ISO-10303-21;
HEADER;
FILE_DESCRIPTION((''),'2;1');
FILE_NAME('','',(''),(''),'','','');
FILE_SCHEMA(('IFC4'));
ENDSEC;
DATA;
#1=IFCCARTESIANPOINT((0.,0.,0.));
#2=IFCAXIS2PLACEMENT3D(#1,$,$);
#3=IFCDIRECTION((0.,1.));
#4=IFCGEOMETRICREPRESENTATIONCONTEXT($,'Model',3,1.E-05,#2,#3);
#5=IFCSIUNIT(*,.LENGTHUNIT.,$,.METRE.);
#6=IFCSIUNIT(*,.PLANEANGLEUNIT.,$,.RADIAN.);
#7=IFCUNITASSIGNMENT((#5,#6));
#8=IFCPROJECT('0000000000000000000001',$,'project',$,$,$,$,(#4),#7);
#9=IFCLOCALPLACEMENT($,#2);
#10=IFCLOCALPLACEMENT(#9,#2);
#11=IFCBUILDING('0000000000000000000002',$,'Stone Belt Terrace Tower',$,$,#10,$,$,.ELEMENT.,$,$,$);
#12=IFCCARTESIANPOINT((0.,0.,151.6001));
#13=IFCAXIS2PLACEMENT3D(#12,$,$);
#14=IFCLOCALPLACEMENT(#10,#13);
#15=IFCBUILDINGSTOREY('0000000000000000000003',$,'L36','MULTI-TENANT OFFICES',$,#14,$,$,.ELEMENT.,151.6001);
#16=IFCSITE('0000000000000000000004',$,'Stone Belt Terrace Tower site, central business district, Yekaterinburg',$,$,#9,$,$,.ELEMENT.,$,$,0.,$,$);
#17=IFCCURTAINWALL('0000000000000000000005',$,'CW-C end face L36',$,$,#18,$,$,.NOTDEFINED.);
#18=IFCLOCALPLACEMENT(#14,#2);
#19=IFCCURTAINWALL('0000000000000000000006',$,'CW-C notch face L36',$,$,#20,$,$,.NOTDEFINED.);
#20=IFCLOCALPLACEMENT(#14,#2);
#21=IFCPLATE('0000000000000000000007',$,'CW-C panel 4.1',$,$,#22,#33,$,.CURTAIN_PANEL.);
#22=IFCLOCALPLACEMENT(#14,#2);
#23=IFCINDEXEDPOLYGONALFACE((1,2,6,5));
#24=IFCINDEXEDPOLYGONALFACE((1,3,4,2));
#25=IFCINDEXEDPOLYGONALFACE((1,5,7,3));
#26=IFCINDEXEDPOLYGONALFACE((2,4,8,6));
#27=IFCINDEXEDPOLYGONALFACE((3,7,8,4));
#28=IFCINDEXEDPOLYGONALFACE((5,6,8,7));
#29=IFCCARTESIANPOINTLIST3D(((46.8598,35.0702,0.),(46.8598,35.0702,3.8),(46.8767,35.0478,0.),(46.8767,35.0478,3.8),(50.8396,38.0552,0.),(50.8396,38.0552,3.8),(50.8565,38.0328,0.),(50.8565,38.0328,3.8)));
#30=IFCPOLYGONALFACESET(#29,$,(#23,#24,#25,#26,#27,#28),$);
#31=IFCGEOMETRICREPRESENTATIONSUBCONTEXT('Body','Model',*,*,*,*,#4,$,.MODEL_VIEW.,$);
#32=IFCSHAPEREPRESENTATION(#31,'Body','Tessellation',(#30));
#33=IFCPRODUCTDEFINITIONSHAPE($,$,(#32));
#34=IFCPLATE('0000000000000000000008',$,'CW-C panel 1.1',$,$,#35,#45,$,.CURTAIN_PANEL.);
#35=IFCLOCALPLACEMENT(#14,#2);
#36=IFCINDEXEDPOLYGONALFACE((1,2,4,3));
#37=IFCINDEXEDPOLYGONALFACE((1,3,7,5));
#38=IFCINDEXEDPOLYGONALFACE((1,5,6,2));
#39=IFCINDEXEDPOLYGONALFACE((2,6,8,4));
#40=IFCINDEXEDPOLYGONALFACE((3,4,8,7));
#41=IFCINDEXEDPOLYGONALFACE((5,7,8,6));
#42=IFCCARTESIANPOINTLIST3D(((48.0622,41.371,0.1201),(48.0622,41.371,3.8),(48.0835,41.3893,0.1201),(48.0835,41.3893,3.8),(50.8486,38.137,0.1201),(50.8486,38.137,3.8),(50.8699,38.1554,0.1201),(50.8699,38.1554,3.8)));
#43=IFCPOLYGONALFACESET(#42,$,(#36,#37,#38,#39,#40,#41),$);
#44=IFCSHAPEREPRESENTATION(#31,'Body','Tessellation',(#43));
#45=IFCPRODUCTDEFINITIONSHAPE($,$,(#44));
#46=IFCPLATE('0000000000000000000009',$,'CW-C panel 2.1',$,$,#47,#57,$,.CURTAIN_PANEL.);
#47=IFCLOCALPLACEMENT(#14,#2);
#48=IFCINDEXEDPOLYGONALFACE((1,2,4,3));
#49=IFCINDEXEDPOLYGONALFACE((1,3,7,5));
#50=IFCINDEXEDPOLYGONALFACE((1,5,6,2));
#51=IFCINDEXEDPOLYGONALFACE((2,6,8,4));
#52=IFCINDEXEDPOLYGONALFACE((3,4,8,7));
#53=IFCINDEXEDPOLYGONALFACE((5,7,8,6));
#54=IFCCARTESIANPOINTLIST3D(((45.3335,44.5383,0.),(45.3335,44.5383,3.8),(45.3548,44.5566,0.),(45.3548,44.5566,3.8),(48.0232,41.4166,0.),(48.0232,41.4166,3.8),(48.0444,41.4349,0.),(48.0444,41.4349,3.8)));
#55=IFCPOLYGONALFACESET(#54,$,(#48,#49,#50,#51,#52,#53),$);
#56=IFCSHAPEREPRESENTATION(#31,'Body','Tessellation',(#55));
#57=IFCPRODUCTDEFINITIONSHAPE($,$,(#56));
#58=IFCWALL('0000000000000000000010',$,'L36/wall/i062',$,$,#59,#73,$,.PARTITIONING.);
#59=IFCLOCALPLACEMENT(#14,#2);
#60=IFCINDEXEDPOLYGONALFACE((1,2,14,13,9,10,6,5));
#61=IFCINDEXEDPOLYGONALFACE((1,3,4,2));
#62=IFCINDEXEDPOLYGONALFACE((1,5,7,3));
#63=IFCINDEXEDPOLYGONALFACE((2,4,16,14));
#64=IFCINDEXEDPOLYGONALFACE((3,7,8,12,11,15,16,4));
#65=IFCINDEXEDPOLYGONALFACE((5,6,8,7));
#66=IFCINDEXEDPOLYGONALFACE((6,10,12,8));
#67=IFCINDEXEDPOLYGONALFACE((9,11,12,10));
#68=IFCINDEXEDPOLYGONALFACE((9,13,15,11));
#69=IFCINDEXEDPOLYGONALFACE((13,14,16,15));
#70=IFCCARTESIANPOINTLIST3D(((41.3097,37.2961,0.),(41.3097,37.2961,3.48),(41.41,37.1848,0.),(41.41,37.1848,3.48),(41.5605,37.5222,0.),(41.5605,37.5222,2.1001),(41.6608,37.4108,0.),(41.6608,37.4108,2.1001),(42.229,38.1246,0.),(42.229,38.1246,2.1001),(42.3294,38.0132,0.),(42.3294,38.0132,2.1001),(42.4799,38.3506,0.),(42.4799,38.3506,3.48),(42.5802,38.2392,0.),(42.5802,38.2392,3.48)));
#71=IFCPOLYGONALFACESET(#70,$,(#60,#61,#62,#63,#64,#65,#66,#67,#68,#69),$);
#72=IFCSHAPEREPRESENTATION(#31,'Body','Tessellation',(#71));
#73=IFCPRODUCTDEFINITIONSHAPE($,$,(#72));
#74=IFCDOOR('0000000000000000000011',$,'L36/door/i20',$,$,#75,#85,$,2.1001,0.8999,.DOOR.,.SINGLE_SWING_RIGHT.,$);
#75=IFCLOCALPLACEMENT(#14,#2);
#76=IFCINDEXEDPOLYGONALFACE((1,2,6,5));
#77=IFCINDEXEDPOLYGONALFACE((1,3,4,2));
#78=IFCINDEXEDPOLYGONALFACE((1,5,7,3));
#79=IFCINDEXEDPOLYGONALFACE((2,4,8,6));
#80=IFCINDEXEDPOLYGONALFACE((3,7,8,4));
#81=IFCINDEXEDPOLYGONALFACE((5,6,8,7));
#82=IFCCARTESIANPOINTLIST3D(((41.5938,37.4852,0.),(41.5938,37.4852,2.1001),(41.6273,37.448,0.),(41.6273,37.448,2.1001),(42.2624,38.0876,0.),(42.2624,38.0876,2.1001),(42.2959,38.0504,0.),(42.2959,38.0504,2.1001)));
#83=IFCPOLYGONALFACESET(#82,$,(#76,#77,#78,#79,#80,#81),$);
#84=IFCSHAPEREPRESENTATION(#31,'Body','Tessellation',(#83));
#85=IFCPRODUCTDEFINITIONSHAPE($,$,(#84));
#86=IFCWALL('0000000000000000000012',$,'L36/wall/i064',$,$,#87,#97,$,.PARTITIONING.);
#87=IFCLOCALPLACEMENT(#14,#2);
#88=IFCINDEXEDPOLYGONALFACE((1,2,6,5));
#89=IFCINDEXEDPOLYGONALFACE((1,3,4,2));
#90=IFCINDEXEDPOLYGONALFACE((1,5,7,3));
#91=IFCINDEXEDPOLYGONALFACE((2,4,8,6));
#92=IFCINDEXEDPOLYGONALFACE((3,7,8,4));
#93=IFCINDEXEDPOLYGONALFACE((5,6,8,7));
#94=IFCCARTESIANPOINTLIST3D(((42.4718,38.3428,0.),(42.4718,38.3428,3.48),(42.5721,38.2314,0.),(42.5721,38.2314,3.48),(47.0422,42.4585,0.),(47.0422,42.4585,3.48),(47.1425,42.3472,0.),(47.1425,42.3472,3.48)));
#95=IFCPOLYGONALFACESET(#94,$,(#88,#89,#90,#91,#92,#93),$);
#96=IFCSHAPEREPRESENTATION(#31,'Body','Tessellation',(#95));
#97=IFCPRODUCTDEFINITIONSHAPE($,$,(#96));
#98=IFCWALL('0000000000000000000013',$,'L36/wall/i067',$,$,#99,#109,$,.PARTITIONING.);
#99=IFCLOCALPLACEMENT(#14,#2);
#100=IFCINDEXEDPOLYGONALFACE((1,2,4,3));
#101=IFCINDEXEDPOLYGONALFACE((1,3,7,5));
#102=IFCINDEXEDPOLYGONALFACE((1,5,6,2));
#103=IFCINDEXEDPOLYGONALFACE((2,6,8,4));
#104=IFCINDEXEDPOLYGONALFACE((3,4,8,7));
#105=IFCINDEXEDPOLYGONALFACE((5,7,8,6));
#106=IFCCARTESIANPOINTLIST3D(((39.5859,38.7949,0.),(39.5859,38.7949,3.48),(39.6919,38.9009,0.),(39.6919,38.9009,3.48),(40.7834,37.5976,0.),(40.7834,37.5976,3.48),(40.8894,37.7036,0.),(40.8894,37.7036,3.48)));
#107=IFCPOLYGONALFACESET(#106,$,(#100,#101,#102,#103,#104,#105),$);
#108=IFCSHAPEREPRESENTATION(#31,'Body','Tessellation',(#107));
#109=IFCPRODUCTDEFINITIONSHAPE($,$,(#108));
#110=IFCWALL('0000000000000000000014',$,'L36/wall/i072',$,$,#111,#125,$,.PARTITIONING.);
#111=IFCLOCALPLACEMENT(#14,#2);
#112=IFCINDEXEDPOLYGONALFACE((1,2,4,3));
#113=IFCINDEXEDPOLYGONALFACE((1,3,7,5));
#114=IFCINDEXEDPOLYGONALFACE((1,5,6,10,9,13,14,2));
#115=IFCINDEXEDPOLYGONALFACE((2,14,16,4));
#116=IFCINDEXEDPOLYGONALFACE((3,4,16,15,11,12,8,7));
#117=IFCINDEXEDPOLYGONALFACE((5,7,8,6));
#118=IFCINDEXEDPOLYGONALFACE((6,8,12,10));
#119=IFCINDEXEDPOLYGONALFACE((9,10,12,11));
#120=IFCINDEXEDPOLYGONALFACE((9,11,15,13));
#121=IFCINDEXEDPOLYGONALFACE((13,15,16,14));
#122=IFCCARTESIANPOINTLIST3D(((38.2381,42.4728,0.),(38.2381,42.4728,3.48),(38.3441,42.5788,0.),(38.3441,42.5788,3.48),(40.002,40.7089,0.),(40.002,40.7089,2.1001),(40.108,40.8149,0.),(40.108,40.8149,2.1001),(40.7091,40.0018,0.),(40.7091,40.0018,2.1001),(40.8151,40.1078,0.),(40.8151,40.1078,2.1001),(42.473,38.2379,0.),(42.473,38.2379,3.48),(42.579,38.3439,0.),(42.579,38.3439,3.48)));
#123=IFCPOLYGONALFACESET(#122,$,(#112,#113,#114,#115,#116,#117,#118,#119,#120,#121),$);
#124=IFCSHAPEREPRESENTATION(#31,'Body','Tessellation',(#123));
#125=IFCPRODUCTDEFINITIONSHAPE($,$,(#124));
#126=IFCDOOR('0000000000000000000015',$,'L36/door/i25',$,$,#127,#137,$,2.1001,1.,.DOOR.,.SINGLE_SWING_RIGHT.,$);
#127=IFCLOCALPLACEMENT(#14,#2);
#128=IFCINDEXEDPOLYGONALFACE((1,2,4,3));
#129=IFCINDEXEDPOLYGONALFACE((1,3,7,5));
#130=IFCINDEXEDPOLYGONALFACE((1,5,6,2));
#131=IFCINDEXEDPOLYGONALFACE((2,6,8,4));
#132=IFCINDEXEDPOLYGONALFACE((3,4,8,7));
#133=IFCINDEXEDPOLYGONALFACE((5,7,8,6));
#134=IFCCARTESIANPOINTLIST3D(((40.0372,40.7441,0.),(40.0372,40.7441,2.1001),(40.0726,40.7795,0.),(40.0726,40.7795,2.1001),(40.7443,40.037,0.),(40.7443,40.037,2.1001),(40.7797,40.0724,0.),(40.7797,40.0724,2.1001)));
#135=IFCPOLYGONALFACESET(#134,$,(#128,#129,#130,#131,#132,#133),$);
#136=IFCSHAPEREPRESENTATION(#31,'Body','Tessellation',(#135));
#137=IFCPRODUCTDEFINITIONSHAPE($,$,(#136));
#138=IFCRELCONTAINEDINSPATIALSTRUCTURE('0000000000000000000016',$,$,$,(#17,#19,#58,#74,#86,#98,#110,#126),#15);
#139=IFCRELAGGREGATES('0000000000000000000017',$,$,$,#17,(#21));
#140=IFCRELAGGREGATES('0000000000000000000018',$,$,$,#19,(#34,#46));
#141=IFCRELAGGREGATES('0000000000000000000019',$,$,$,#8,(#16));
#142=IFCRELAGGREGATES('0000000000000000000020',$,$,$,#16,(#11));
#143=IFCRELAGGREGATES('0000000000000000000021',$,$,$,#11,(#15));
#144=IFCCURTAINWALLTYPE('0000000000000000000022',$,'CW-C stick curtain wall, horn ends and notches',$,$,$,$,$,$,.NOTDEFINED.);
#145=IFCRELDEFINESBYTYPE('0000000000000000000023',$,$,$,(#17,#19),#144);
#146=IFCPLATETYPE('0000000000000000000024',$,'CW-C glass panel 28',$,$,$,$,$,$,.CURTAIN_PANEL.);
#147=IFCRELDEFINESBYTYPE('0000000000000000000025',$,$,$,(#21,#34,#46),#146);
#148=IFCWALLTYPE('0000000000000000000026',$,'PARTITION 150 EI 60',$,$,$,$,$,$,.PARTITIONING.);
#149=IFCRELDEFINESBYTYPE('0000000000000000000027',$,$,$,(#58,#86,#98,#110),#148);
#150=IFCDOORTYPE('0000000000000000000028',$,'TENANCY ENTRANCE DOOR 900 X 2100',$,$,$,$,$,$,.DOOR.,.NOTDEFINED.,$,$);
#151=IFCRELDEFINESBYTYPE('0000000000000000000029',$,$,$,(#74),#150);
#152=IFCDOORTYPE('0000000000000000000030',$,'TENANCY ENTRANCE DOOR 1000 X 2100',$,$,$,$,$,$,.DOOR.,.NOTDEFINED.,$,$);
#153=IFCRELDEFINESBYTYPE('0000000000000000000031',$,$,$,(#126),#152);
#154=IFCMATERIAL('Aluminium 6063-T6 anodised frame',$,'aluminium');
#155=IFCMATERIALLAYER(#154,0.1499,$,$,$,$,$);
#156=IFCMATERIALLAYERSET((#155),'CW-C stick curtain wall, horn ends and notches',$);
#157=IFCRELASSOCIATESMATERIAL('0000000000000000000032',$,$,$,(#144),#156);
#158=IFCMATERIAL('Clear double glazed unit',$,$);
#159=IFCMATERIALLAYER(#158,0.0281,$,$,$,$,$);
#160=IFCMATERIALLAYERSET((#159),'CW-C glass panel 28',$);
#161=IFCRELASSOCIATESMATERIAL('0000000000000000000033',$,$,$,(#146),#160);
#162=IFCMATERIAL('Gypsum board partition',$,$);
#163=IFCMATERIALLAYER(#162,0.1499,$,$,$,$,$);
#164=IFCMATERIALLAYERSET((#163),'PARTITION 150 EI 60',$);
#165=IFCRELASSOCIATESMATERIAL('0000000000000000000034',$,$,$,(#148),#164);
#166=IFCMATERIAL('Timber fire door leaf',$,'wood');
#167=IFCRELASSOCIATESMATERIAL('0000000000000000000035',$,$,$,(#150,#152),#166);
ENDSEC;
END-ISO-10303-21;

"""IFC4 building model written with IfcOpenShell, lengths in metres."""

from ifc_helpers import new_model, si_unit, direction, frame, frame_2d, origin, origin_2d, place, context, subcontext, project, spatial, rectangle, extrude, material, layer, layer_set, type_object, element, fill, aggregate, save


model = new_model("IFC4")

# Units and contexts
model_context = context("Model", 3, precision=1e-05, world=origin(), true_north=direction((0.0, 1.0)))
body_context = subcontext(model_context, "Body", "Model", "MODEL_VIEW")
ifc_project = project(units=[si_unit("LENGTHUNIT", "METRE"), si_unit("PLANEANGLEUNIT", "RADIAN")], contexts=[model_context])

# Site, building, storey
site_placement = place(None, origin())
site = spatial("IfcSite", under=ifc_project, at=site_placement, Name="Stone Belt Terrace Tower site, central business district, Yekaterinburg", CompositionType="ELEMENT", RefElevation=0.0)
building_placement = place(site_placement, origin())
building = spatial("IfcBuilding", under=site, at=building_placement, Name="Stone Belt Terrace Tower", CompositionType="ELEMENT")
storey_placement = place(building_placement, frame((0.0, 0.0, 151.6001)))
storey = spatial("IfcBuildingStorey", under=building, at=storey_placement, Name="L36", Description="MULTI-TENANT OFFICES", CompositionType="ELEMENT", Elevation=151.6001)

# Curtain walls
ifc_material_1 = material(Name="Aluminium 6063-T6 anodised frame", Category="aluminium")
ifc_layer_1 = layer(ifc_material_1, 0.1499)
ifc_layer_set_1 = layer_set([ifc_layer_1], Name="CW-C stick curtain wall, horn ends and notches")
curtain_wall_type = type_object("IfcCurtainWallType", Name="CW-C stick curtain wall, horn ends and notches", PredefinedType="NOTDEFINED", material=ifc_layer_set_1)
curtain_wall_1_placement = place(storey_placement, origin())
curtain_wall_1 = element("IfcCurtainWall", 1, at=curtain_wall_1_placement, inside=storey, type_object=curtain_wall_type, Name="CW-C end face L36", PredefinedType="NOTDEFINED")
curtain_wall_2_placement = place(storey_placement, origin())
curtain_wall_2 = element("IfcCurtainWall", 2, at=curtain_wall_2_placement, inside=storey, type_object=curtain_wall_type, Name="CW-C notch face L36", PredefinedType="NOTDEFINED")

# Plates
ifc_material_2 = material(Name="Clear double glazed unit")
ifc_layer_2 = layer(ifc_material_2, 0.0281)
ifc_layer_set_2 = layer_set([ifc_layer_2], Name="CW-C glass panel 28")
plate_type = type_object("IfcPlateType", Name="CW-C glass panel 28", PredefinedType="CURTAIN_PANEL", material=ifc_layer_set_2)
plate_1_placement = place(storey_placement, frame((48.8582, 36.5515, 0.0), z_axis=(0.0, 0.0, 1.0), x_axis=(0.799987, 0.600018, 0.0)))
plate_1 = element("IfcPlate", 3, at=plate_1_placement, type_object=plate_type, Name="CW-C panel 4.1", PredefinedType="CURTAIN_PANEL", context=body_context, shape_type="SweptSolid", body=[
    extrude(rectangle(XDim=4.9749, YDim=0.0281, at=origin_2d()), origin(), (0.0, 0.0, 1.0), 3.8),
])
aggregate(curtain_wall_1, [plate_1])
plate_2_placement = place(storey_placement, frame((49.4661, 39.7632, 0.1201), z_axis=(0.0, 0.0, 1.0), x_axis=(-0.652738, 0.757584, 0.0)))
plate_2 = element("IfcPlate", 4, at=plate_2_placement, type_object=plate_type, Name="CW-C panel 1.1", PredefinedType="CURTAIN_PANEL", context=body_context, shape_type="SweptSolid", body=[
    extrude(rectangle(XDim=4.2688, YDim=0.0281, at=origin_2d()), origin(), (0.0, 0.0, 1.0), 3.6799),
])
plate_3_placement = place(storey_placement, frame((46.689, 42.9866, 0.0), z_axis=(0.0, 0.0, 1.0), x_axis=(-0.652738, 0.757584, 0.0)))
plate_3 = element("IfcPlate", 5, at=plate_3_placement, type_object=plate_type, Name="CW-C panel 2.1", PredefinedType="CURTAIN_PANEL", context=body_context, shape_type="SweptSolid", body=[
    extrude(rectangle(XDim=4.1206, YDim=0.0281, at=origin_2d()), origin(), (0.0, 0.0, 1.0), 3.8),
])
aggregate(curtain_wall_2, [plate_2, plate_3])

# Wall, opening, door
ifc_material_3 = material(Name="Gypsum board partition")
ifc_layer_3 = layer(ifc_material_3, 0.1499)
ifc_layer_set_3 = layer_set([ifc_layer_3], Name="PARTITION 150 EI 60")
wall_type = type_object("IfcWallType", Name="PARTITION 150 EI 60", PredefinedType="PARTITIONING", material=ifc_layer_set_3)
wall_1_placement = place(storey_placement, frame((42.53, 38.2949, 0.0), z_axis=(0.0, 0.0, 1.0), x_axis=(-0.742886, -0.669418, 0.0)))
wall_1 = element("IfcWall", 6, at=wall_1_placement, inside=storey, type_object=wall_type, Name="L36/wall/i062", PredefinedType="PARTITIONING", context=body_context, shape_type="SweptSolid", body=[
    extrude(rectangle(XDim=1.5752, YDim=0.1499, at=frame_2d((0.7876, 0.0))), origin(), (0.0, 0.0, 1.0), 3.48),
])
opening_1_placement = place(wall_1_placement, frame((0.3376, 0.0, 0.0)))
opening_1 = element("IfcOpeningElement", 7, at=opening_1_placement, cuts=wall_1, PredefinedType="OPENING", context=body_context, shape_type="SweptSolid", body=[
    extrude(rectangle(XDim=0.8999, YDim=2.1001, at=frame_2d((0.45, 1.05))), frame((0.0, 0.085, 0.0), z_axis=(0.0, -1.0, 0.0), x_axis=(1.0, 0.0, 0.0)), (0.0, 0.0, 1.0), 0.1699),
])
ifc_material_4 = material(Name="Timber fire door leaf", Category="wood")
door_type_1 = type_object("IfcDoorType", Name="TENANCY ENTRANCE DOOR 900 X 2100", OperationType="NOTDEFINED", PredefinedType="DOOR", material=ifc_material_4)
door_1_placement = place(opening_1_placement, origin())
door_1 = element("IfcDoor", 8, at=door_1_placement, inside=storey, type_object=door_type_1, Name="L36/door/i20", OperationType="SINGLE_SWING_RIGHT", OverallHeight=2.1001, OverallWidth=0.8999, PredefinedType="DOOR", context=body_context, shape_type="SweptSolid", body=[
    extrude(rectangle(XDim=0.8999, YDim=2.1001, at=frame_2d((0.45, 1.05))), frame((0.0, 0.0249, 0.0), z_axis=(0.0, -1.0, 0.0), x_axis=(1.0, 0.0, 0.0)), (0.0, 0.0, 1.0), 0.05),
])
fill(opening_1, door_1)

# Walls
wall_2_placement = place(storey_placement, frame((42.522, 38.2871, 0.0), z_axis=(0.0, 0.0, 1.0), x_axis=(0.743097, 0.669184, 0.0)))
element("IfcWall", 9, at=wall_2_placement, inside=storey, type_object=wall_type, Name="L36/wall/i064", PredefinedType="PARTITIONING", context=body_context, shape_type="SweptSolid", body=[
    extrude(rectangle(XDim=6.1504, YDim=0.1499, at=frame_2d((3.0752, 0.0))), origin(), (0.0, 0.0, 1.0), 3.48),
])
wall_3_placement = place(storey_placement, frame((40.8364, 37.6506, 0.0), z_axis=(0.0, 0.0, 1.0), x_axis=(-0.707179, 0.707035, 0.0)))
element("IfcWall", 10, at=wall_3_placement, inside=storey, type_object=wall_type, Name="L36/wall/i067", PredefinedType="PARTITIONING", context=body_context, shape_type="SweptSolid", body=[
    extrude(rectangle(XDim=1.6934, YDim=0.1499, at=frame_2d((0.8467, 0.0))), origin(), (0.0, 0.0, 1.0), 3.48),
])

# Wall, opening, door
wall_4_placement = place(storey_placement, frame((38.291, 42.5259, 0.0), z_axis=(0.0, 0.0, 1.0), x_axis=(0.707107, -0.707107, 0.0)))
wall_4 = element("IfcWall", 11, at=wall_4_placement, inside=storey, type_object=wall_type, Name="L36/wall/i072", PredefinedType="PARTITIONING", context=body_context, shape_type="SweptSolid", body=[
    extrude(rectangle(XDim=5.989, YDim=0.1499, at=frame_2d((2.9946, 0.0))), origin(), (0.0, 0.0, 1.0), 3.48),
])
opening_2_placement = place(wall_4_placement, frame((2.4946, 0.0, 0.0)))
opening_2 = element("IfcOpeningElement", 12, at=opening_2_placement, cuts=wall_4, PredefinedType="OPENING", context=body_context, shape_type="SweptSolid", body=[
    extrude(rectangle(XDim=1.0, YDim=2.1001, at=frame_2d((0.5, 1.05))), frame((0.0, 0.085, 0.0), z_axis=(0.0, -1.0, 0.0), x_axis=(1.0, 0.0, 0.0)), (0.0, 0.0, 1.0), 0.1699),
])
door_type_2 = type_object("IfcDoorType", Name="TENANCY ENTRANCE DOOR 1000 X 2100", OperationType="NOTDEFINED", PredefinedType="DOOR", material=ifc_material_4)
door_2_placement = place(opening_2_placement, origin())
door_2 = element("IfcDoor", 13, at=door_2_placement, inside=storey, type_object=door_type_2, Name="L36/door/i25", OperationType="SINGLE_SWING_RIGHT", OverallHeight=2.1001, OverallWidth=1.0, PredefinedType="DOOR", context=body_context, shape_type="SweptSolid", body=[
    extrude(rectangle(XDim=1.0, YDim=2.1001, at=frame_2d((0.5, 1.05))), frame((0.0, 0.0249, 0.0), z_axis=(0.0, -1.0, 0.0), x_axis=(1.0, 0.0, 0.0)), (0.0, 0.0, 1.0), 0.05),
])
fill(opening_2, door_2)

save(model, "model.ifc")
